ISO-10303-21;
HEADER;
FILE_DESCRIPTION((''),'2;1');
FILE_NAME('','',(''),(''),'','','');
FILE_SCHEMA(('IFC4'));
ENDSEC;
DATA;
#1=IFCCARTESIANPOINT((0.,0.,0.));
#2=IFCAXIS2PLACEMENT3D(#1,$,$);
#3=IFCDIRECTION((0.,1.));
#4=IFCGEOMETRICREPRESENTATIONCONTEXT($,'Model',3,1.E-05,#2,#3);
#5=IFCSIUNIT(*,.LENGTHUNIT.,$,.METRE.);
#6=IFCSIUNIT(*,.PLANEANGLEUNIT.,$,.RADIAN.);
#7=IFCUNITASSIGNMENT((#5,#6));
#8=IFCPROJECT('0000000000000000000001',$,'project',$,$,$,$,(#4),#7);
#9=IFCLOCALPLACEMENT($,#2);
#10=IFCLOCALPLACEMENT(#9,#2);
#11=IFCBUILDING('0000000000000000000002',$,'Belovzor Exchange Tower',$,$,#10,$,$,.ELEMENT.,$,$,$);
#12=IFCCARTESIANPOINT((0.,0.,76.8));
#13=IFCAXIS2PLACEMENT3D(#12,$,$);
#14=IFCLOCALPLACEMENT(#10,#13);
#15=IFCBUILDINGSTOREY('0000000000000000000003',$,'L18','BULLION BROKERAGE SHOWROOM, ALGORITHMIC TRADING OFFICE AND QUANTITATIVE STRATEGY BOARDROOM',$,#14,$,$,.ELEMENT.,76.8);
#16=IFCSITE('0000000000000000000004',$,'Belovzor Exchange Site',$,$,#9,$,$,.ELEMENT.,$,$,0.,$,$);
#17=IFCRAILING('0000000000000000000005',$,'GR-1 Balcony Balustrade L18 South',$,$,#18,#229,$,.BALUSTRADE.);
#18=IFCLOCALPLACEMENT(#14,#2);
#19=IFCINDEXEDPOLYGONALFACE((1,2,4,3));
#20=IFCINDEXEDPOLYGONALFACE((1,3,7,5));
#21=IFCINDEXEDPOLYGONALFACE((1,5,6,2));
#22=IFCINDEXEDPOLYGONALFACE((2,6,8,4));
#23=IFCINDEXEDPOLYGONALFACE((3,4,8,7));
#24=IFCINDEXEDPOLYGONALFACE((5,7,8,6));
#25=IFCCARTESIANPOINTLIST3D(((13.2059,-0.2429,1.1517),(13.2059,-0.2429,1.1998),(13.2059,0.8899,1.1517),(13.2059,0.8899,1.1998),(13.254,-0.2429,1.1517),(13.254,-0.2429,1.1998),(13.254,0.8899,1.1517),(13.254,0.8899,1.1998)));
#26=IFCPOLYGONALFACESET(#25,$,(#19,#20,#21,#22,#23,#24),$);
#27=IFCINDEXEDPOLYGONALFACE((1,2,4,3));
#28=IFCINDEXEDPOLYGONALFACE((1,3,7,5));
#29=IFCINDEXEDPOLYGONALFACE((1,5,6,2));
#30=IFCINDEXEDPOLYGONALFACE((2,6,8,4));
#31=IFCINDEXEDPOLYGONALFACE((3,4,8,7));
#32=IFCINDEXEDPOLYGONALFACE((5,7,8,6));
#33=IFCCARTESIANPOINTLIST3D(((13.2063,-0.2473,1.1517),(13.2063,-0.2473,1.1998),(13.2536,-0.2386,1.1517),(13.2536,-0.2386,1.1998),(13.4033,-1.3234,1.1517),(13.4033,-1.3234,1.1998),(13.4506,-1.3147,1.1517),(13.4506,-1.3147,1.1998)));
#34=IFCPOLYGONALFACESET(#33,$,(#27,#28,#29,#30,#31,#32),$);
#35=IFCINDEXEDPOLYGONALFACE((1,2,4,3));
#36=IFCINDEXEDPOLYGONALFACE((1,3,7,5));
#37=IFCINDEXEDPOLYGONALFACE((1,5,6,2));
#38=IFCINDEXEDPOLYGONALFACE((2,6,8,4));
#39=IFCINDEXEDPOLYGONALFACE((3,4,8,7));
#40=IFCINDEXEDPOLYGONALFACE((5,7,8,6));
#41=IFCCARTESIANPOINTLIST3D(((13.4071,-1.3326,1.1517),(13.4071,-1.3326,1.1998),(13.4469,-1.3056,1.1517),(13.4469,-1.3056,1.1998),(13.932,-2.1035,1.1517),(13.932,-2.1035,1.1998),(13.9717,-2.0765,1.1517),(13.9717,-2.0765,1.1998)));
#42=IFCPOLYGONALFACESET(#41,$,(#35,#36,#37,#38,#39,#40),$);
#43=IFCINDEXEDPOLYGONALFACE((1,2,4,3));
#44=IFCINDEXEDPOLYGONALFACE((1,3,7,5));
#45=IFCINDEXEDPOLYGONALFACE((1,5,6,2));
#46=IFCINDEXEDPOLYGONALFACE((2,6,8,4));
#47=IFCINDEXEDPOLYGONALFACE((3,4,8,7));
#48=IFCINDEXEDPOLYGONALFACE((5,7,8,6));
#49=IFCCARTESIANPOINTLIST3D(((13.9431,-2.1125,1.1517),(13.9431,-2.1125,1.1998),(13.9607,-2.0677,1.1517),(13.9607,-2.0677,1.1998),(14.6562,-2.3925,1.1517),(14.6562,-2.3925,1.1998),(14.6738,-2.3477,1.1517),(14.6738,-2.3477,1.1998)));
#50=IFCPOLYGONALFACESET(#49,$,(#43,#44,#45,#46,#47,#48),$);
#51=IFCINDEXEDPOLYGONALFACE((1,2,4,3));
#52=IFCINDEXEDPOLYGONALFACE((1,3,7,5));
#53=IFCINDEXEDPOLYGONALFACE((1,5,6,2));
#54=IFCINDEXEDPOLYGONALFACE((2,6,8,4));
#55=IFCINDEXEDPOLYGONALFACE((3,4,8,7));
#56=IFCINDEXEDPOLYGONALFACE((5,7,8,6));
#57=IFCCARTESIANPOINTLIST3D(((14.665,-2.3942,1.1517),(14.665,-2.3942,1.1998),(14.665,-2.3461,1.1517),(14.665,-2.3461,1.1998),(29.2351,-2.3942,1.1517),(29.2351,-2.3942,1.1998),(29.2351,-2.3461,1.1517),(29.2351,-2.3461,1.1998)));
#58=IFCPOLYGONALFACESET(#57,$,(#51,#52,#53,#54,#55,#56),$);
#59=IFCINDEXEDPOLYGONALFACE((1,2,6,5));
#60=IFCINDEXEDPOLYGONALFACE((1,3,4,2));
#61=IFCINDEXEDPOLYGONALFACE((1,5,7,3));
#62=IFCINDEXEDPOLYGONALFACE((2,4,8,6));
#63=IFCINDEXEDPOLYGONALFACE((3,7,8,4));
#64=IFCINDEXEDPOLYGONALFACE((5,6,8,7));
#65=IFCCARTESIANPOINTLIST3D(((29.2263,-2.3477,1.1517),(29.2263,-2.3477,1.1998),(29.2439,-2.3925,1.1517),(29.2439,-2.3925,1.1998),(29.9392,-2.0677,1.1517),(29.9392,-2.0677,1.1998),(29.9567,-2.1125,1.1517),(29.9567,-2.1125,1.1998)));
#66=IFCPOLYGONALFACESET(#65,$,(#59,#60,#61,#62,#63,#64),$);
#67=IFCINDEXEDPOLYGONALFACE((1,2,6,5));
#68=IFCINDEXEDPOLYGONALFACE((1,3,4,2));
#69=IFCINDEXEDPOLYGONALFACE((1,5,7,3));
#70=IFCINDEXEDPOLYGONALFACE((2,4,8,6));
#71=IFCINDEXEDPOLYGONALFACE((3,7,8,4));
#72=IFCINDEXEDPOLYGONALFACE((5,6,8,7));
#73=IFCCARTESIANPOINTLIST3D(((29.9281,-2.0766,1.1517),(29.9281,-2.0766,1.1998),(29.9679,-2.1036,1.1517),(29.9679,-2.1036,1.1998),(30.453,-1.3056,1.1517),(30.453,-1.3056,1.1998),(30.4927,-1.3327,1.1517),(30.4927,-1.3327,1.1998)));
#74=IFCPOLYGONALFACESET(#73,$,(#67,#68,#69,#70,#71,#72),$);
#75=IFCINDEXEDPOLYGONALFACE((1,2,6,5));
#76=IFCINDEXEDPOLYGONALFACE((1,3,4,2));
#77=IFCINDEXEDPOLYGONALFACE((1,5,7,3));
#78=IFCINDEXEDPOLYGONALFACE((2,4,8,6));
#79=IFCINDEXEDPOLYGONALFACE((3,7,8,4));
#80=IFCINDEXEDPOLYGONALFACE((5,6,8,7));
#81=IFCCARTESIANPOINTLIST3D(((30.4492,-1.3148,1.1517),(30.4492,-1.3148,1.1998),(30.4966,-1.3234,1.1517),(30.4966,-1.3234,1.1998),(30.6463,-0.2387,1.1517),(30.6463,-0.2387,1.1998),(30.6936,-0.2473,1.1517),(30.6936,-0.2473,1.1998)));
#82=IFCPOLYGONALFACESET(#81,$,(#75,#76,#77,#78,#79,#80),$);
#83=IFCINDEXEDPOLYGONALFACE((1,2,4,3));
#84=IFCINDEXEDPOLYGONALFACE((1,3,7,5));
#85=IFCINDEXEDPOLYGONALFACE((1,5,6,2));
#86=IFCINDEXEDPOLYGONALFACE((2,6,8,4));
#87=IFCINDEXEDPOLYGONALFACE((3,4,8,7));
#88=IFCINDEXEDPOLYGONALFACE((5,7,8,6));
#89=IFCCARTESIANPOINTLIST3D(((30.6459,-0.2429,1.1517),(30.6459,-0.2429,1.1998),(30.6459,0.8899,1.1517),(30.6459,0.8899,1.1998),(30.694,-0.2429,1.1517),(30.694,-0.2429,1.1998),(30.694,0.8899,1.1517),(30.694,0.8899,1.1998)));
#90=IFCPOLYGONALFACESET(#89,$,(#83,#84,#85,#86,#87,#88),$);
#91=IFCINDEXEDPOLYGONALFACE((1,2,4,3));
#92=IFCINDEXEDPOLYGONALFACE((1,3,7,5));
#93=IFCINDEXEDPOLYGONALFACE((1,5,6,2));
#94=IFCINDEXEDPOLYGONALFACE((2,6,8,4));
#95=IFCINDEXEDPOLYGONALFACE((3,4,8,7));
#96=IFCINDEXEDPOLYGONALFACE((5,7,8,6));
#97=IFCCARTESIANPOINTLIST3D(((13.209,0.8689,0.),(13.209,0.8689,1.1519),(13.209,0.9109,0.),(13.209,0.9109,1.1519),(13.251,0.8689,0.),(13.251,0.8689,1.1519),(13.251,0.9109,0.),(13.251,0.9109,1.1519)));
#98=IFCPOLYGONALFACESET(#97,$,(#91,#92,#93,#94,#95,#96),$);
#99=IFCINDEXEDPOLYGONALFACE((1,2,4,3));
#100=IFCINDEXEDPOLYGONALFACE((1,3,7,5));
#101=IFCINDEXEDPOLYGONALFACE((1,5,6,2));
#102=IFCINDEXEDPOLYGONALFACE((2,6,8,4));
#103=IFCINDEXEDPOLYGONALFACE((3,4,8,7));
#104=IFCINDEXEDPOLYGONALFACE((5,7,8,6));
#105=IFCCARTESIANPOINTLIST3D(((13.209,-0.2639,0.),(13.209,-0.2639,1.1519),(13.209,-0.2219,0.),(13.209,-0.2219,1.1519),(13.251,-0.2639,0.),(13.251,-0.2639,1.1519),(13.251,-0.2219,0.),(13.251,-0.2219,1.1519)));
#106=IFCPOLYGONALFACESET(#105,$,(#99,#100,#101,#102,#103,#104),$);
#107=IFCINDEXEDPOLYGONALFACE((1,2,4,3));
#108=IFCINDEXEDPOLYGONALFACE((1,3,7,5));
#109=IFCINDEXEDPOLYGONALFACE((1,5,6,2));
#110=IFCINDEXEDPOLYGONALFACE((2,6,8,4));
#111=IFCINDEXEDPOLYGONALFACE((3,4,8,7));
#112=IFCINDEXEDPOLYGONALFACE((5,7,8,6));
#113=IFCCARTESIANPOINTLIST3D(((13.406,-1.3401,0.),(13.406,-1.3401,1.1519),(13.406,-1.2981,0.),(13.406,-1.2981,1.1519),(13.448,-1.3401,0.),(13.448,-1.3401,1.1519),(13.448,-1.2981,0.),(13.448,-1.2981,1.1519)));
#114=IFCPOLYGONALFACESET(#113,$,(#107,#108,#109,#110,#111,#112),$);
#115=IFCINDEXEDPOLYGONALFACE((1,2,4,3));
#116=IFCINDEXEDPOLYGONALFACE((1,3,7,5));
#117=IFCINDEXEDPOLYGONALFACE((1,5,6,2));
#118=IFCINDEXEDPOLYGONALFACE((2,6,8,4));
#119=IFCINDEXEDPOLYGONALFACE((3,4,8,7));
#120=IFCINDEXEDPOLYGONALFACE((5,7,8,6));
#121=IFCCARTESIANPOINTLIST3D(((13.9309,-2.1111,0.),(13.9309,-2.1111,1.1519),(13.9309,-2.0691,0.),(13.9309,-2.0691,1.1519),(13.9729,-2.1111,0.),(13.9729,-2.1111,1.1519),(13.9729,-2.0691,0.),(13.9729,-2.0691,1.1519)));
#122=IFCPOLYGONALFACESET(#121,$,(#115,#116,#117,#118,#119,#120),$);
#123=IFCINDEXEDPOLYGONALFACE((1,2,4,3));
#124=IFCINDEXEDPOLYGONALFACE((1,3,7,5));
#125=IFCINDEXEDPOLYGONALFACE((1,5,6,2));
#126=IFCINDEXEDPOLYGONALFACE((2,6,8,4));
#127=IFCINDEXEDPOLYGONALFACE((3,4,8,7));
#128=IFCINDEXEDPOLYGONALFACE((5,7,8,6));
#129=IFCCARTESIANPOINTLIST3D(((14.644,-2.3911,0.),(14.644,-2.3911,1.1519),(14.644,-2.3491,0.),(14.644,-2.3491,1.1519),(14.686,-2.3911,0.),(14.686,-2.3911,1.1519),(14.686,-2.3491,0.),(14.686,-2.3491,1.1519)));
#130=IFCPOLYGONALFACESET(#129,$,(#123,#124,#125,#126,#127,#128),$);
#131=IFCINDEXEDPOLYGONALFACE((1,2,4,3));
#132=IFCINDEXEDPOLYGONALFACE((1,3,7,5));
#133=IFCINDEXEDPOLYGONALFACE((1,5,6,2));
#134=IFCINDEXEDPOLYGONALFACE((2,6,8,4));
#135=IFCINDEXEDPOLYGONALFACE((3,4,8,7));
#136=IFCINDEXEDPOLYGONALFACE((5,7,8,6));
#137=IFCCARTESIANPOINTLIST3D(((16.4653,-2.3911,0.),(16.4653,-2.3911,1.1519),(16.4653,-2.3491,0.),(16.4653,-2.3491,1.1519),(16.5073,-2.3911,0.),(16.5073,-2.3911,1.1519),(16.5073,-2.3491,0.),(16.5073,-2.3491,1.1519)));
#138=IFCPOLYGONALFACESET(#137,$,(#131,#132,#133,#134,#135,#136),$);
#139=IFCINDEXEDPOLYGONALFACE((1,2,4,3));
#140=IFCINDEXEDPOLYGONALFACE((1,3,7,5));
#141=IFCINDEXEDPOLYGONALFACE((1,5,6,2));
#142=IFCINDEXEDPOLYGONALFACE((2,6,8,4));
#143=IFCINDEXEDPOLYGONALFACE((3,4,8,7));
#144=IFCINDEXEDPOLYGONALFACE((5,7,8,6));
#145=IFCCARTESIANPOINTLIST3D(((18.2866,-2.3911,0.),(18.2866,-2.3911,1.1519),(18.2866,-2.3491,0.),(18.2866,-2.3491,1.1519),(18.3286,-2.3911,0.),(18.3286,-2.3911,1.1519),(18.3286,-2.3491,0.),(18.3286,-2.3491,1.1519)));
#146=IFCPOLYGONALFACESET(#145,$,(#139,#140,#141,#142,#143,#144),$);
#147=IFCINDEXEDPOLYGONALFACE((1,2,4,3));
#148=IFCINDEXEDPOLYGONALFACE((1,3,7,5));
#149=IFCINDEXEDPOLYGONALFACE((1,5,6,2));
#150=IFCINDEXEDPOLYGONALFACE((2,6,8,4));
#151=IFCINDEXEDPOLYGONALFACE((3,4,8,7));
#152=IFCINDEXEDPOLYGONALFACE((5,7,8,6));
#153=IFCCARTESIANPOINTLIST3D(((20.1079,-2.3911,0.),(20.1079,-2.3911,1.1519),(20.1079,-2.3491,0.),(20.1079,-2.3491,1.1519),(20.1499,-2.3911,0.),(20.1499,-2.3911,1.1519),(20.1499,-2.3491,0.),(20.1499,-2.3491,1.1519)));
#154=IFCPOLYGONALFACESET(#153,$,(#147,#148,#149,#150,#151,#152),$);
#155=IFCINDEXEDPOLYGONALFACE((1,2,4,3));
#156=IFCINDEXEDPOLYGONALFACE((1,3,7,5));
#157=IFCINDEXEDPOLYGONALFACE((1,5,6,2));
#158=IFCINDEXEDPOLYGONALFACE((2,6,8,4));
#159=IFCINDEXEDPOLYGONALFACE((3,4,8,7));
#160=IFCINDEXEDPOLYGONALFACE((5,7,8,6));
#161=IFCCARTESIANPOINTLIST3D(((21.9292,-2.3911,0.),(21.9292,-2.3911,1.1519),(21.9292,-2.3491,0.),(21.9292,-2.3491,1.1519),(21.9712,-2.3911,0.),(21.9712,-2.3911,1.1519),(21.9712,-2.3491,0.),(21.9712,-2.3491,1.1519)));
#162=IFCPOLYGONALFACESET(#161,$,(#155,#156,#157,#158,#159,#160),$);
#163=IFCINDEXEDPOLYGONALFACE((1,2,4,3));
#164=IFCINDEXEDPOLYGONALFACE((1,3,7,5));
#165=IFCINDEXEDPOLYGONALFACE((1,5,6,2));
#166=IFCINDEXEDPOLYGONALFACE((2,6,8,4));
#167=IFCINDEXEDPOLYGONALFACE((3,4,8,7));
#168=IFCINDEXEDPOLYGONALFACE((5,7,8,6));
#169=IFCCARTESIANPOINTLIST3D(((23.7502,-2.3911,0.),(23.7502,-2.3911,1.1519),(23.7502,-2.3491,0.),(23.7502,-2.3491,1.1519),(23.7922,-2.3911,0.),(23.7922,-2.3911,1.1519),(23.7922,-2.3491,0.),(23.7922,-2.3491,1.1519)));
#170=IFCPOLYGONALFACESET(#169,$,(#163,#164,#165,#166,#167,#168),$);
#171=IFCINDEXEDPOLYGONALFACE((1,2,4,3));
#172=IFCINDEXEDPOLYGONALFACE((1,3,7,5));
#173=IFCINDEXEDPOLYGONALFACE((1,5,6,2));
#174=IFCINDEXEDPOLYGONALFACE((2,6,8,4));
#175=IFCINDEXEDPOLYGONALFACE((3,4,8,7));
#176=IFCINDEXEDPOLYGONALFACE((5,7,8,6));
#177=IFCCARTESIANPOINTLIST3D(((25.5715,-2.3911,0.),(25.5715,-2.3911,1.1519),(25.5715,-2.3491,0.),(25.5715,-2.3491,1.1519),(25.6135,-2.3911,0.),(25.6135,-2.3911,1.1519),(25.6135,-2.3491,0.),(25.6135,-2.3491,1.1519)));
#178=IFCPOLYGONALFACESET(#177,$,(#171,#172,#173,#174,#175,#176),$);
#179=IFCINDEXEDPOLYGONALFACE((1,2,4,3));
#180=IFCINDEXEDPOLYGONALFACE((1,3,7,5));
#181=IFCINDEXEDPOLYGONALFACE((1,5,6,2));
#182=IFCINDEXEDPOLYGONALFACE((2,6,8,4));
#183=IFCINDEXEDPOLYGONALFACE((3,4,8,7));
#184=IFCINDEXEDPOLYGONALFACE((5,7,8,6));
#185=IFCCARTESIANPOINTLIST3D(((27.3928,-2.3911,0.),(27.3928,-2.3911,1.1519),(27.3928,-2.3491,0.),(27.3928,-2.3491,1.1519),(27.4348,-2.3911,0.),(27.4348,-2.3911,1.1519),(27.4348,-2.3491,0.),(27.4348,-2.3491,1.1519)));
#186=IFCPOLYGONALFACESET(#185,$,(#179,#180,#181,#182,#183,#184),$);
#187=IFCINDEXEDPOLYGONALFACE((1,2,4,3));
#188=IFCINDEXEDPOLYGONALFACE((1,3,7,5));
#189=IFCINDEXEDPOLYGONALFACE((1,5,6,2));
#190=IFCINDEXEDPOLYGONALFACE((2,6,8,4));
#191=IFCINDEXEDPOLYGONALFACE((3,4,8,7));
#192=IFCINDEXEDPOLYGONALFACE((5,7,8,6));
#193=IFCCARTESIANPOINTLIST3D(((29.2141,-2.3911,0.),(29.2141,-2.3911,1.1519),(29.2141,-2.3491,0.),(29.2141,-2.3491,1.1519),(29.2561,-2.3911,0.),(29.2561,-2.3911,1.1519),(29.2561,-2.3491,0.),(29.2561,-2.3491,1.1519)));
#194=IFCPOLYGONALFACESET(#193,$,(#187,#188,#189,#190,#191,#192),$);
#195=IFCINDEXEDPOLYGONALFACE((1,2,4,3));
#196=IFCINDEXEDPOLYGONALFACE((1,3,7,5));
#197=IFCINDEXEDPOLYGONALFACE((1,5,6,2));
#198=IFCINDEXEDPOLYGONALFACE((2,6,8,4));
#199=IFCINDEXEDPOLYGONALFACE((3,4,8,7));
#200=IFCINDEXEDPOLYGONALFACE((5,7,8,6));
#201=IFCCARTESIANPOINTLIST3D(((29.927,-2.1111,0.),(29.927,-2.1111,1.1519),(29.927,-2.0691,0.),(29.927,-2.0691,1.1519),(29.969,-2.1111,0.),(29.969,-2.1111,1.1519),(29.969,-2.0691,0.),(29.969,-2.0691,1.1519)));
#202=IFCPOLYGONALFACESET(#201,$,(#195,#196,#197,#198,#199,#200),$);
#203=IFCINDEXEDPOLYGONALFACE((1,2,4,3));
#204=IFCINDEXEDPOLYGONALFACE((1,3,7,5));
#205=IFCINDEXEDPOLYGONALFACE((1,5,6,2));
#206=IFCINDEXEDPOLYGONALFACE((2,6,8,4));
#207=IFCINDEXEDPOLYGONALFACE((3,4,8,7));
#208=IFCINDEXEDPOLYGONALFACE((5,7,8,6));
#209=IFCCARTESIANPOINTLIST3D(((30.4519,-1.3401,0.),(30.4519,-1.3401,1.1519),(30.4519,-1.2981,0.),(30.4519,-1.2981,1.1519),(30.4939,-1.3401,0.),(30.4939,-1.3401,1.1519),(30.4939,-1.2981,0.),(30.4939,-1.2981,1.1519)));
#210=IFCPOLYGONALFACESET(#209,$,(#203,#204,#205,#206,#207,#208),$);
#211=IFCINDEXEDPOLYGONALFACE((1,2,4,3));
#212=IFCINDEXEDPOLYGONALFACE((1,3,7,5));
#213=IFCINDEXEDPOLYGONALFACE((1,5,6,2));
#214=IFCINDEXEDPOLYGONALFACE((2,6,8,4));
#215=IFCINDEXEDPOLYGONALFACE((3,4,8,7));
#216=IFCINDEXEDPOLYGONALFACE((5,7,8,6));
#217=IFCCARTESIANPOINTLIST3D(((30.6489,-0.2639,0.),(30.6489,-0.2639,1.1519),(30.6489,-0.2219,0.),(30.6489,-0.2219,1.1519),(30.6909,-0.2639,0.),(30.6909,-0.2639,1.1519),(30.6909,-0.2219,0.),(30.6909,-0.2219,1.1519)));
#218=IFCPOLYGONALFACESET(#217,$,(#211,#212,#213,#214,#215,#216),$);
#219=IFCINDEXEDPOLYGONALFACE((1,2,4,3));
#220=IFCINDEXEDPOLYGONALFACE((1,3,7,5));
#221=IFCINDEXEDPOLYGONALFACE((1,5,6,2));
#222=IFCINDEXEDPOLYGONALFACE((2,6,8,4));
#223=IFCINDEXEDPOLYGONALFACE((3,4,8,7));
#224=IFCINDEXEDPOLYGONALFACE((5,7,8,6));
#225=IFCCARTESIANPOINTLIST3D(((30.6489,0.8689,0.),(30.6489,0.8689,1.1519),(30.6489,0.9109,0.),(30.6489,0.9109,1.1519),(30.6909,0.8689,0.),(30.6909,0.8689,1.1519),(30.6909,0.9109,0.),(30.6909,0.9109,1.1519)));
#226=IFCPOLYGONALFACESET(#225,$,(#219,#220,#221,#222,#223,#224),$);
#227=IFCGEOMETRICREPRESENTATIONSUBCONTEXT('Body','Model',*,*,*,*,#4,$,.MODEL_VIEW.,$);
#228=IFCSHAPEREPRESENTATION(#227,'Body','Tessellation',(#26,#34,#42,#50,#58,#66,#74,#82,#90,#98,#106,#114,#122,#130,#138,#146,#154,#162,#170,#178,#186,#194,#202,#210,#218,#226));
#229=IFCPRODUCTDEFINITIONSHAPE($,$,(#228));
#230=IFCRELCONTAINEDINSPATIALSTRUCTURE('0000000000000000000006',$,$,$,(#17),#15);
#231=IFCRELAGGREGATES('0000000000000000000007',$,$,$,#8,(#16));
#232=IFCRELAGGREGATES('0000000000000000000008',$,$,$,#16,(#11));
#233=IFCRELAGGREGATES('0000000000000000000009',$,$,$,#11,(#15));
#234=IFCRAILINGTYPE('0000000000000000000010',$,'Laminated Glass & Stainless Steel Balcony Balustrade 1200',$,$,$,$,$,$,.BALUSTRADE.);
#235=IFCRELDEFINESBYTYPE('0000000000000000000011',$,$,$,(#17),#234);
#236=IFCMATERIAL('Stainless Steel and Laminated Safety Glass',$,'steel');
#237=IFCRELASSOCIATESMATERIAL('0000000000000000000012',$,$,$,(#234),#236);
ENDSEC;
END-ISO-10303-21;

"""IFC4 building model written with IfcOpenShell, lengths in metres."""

from ifc_helpers import new_model, si_unit, direction, frame, origin, origin_2d, place, context, subcontext, project, spatial, rectangle, extrude, material, type_object, element, save


model = new_model("IFC4")

# Units and contexts
model_context = context("Model", 3, precision=1e-05, world=origin(), true_north=direction((0.0, 1.0)))
body_context = subcontext(model_context, "Body", "Model", "MODEL_VIEW")
ifc_project = project(units=[si_unit("LENGTHUNIT", "METRE"), si_unit("PLANEANGLEUNIT", "RADIAN")], contexts=[model_context])

# Site, building, storey
site_placement = place(None, origin())
site = spatial("IfcSite", under=ifc_project, at=site_placement, Name="Belovzor Exchange Site", CompositionType="ELEMENT", RefElevation=0.0)
building_placement = place(site_placement, origin())
building = spatial("IfcBuilding", under=site, at=building_placement, Name="Belovzor Exchange Tower", CompositionType="ELEMENT")
storey_placement = place(building_placement, frame((0.0, 0.0, 76.8)))
storey = spatial("IfcBuildingStorey", under=building, at=storey_placement, Name="L18", Description="BULLION BROKERAGE SHOWROOM, ALGORITHMIC TRADING OFFICE AND QUANTITATIVE STRATEGY BOARDROOM", CompositionType="ELEMENT", Elevation=76.8)

# Railing
ifc_material_1 = material(Name="Stainless Steel and Laminated Safety Glass", Category="steel")
railing_type = type_object("IfcRailingType", Name="Laminated Glass & Stainless Steel Balcony Balustrade 1200", PredefinedType="BALUSTRADE", material=ifc_material_1)
railing_placement = place(storey_placement, frame((13.23, 0.8899, 0.0)))
element("IfcRailing", 1, at=railing_placement, inside=storey, type_object=railing_type, Name="GR-1 Balcony Balustrade L18 South", PredefinedType="BALUSTRADE", context=body_context, shape_type="SweptSolid", body=[
    extrude(rectangle(XDim=0.0481, YDim=0.0481, at=origin_2d()), frame((0.0, 0.0, 1.1758), z_axis=(0.0, -1.0, 0.0), x_axis=(1.0, 0.0, 0.0)), (0.0, 0.0, 1.0), 1.1328),
    extrude(rectangle(XDim=0.0481, YDim=0.0481, at=origin_2d()), frame((0.0, -1.1328, 1.1758), z_axis=(0.180083, -0.983651, 0.0), x_axis=(0.983651, 0.180083, 0.0)), (0.0, 0.0, 1.0), 1.094),
    extrude(rectangle(XDim=0.0481, YDim=0.0481, at=origin_2d()), frame((0.197, -2.209, 1.1758), z_axis=(0.562768, -0.826615, 0.0), x_axis=(0.826615, 0.562768, 0.0)), (0.0, 0.0, 1.0), 0.9326),
    extrude(rectangle(XDim=0.0481, YDim=0.0481, at=origin_2d()), frame((0.7219, -2.98, 1.1758), z_axis=(0.93081, -0.365504, 0.0), x_axis=(0.365504, 0.93081, 0.0)), (0.0, 0.0, 1.0), 0.7661),
    extrude(rectangle(XDim=0.0481, YDim=0.0481, at=origin_2d()), frame((1.4351, -3.26, 1.1758), z_axis=(1.0, 0.0, 0.0), x_axis=(0.0, 1.0, 0.0)), (0.0, 0.0, 1.0), 14.5701),
    extrude(rectangle(XDim=0.0481, YDim=0.0481, at=origin_2d()), frame((16.0051, -3.26, 1.1758), z_axis=(0.930767, 0.365613, 0.0), x_axis=(-0.365613, 0.930767, 0.0)), (0.0, 0.0, 1.0), 0.7659),
    extrude(rectangle(XDim=0.0481, YDim=0.0481, at=origin_2d()), frame((16.718, -2.98, 1.1758), z_axis=(0.562768, 0.826615, 0.0), x_axis=(-0.826615, 0.562768, 0.0)), (0.0, 0.0, 1.0), 0.9326),
    extrude(rectangle(XDim=0.0481, YDim=0.0481, at=origin_2d()), frame((17.2429, -2.209, 1.1758), z_axis=(0.180083, 0.983651, 0.0), x_axis=(-0.983651, 0.180083, 0.0)), (0.0, 0.0, 1.0), 1.094),
    extrude(rectangle(XDim=0.0481, YDim=0.0481, at=origin_2d()), frame((17.4399, -1.1328, 1.1758), z_axis=(0.0, 1.0, 0.0), x_axis=(-1.0, 0.0, 0.0)), (0.0, 0.0, 1.0), 1.1328),
    extrude(rectangle(XDim=0.042, YDim=0.042, at=origin_2d()), origin(), (0.0, 0.0, 1.0), 1.1519),
    extrude(rectangle(XDim=0.042, YDim=0.042, at=origin_2d()), frame((0.0, -1.1328, 0.0)), (0.0, 0.0, 1.0), 1.1519),
    extrude(rectangle(XDim=0.042, YDim=0.042, at=origin_2d()), frame((0.197, -2.209, 0.0)), (0.0, 0.0, 1.0), 1.1519),
    extrude(rectangle(XDim=0.042, YDim=0.042, at=origin_2d()), frame((0.7219, -2.98, 0.0)), (0.0, 0.0, 1.0), 1.1519),
    extrude(rectangle(XDim=0.042, YDim=0.042, at=origin_2d()), frame((1.4351, -3.26, 0.0)), (0.0, 0.0, 1.0), 1.1519),
    extrude(rectangle(XDim=0.042, YDim=0.042, at=origin_2d()), frame((3.2563, -3.26, 0.0)), (0.0, 0.0, 1.0), 1.1519),
    extrude(rectangle(XDim=0.042, YDim=0.042, at=origin_2d()), frame((5.0776, -3.26, 0.0)), (0.0, 0.0, 1.0), 1.1519),
    extrude(rectangle(XDim=0.042, YDim=0.042, at=origin_2d()), frame((6.8989, -3.26, 0.0)), (0.0, 0.0, 1.0), 1.1519),
    extrude(rectangle(XDim=0.042, YDim=0.042, at=origin_2d()), frame((8.7202, -3.26, 0.0)), (0.0, 0.0, 1.0), 1.1519),
    extrude(rectangle(XDim=0.042, YDim=0.042, at=origin_2d()), frame((10.5413, -3.26, 0.0)), (0.0, 0.0, 1.0), 1.1519),
    extrude(rectangle(XDim=0.042, YDim=0.042, at=origin_2d()), frame((12.3625, -3.26, 0.0)), (0.0, 0.0, 1.0), 1.1519),
    extrude(rectangle(XDim=0.042, YDim=0.042, at=origin_2d()), frame((14.1838, -3.26, 0.0)), (0.0, 0.0, 1.0), 1.1519),
    extrude(rectangle(XDim=0.042, YDim=0.042, at=origin_2d()), frame((16.0051, -3.26, 0.0)), (0.0, 0.0, 1.0), 1.1519),
    extrude(rectangle(XDim=0.042, YDim=0.042, at=origin_2d()), frame((16.718, -2.98, 0.0)), (0.0, 0.0, 1.0), 1.1519),
    extrude(rectangle(XDim=0.042, YDim=0.042, at=origin_2d()), frame((17.2429, -2.209, 0.0)), (0.0, 0.0, 1.0), 1.1519),
    extrude(rectangle(XDim=0.042, YDim=0.042, at=origin_2d()), frame((17.4399, -1.1328, 0.0)), (0.0, 0.0, 1.0), 1.1519),
    extrude(rectangle(XDim=0.042, YDim=0.042, at=origin_2d()), frame((17.4399, 0.0, 0.0)), (0.0, 0.0, 1.0), 1.1519),
])

save(model, "model.ifc")
